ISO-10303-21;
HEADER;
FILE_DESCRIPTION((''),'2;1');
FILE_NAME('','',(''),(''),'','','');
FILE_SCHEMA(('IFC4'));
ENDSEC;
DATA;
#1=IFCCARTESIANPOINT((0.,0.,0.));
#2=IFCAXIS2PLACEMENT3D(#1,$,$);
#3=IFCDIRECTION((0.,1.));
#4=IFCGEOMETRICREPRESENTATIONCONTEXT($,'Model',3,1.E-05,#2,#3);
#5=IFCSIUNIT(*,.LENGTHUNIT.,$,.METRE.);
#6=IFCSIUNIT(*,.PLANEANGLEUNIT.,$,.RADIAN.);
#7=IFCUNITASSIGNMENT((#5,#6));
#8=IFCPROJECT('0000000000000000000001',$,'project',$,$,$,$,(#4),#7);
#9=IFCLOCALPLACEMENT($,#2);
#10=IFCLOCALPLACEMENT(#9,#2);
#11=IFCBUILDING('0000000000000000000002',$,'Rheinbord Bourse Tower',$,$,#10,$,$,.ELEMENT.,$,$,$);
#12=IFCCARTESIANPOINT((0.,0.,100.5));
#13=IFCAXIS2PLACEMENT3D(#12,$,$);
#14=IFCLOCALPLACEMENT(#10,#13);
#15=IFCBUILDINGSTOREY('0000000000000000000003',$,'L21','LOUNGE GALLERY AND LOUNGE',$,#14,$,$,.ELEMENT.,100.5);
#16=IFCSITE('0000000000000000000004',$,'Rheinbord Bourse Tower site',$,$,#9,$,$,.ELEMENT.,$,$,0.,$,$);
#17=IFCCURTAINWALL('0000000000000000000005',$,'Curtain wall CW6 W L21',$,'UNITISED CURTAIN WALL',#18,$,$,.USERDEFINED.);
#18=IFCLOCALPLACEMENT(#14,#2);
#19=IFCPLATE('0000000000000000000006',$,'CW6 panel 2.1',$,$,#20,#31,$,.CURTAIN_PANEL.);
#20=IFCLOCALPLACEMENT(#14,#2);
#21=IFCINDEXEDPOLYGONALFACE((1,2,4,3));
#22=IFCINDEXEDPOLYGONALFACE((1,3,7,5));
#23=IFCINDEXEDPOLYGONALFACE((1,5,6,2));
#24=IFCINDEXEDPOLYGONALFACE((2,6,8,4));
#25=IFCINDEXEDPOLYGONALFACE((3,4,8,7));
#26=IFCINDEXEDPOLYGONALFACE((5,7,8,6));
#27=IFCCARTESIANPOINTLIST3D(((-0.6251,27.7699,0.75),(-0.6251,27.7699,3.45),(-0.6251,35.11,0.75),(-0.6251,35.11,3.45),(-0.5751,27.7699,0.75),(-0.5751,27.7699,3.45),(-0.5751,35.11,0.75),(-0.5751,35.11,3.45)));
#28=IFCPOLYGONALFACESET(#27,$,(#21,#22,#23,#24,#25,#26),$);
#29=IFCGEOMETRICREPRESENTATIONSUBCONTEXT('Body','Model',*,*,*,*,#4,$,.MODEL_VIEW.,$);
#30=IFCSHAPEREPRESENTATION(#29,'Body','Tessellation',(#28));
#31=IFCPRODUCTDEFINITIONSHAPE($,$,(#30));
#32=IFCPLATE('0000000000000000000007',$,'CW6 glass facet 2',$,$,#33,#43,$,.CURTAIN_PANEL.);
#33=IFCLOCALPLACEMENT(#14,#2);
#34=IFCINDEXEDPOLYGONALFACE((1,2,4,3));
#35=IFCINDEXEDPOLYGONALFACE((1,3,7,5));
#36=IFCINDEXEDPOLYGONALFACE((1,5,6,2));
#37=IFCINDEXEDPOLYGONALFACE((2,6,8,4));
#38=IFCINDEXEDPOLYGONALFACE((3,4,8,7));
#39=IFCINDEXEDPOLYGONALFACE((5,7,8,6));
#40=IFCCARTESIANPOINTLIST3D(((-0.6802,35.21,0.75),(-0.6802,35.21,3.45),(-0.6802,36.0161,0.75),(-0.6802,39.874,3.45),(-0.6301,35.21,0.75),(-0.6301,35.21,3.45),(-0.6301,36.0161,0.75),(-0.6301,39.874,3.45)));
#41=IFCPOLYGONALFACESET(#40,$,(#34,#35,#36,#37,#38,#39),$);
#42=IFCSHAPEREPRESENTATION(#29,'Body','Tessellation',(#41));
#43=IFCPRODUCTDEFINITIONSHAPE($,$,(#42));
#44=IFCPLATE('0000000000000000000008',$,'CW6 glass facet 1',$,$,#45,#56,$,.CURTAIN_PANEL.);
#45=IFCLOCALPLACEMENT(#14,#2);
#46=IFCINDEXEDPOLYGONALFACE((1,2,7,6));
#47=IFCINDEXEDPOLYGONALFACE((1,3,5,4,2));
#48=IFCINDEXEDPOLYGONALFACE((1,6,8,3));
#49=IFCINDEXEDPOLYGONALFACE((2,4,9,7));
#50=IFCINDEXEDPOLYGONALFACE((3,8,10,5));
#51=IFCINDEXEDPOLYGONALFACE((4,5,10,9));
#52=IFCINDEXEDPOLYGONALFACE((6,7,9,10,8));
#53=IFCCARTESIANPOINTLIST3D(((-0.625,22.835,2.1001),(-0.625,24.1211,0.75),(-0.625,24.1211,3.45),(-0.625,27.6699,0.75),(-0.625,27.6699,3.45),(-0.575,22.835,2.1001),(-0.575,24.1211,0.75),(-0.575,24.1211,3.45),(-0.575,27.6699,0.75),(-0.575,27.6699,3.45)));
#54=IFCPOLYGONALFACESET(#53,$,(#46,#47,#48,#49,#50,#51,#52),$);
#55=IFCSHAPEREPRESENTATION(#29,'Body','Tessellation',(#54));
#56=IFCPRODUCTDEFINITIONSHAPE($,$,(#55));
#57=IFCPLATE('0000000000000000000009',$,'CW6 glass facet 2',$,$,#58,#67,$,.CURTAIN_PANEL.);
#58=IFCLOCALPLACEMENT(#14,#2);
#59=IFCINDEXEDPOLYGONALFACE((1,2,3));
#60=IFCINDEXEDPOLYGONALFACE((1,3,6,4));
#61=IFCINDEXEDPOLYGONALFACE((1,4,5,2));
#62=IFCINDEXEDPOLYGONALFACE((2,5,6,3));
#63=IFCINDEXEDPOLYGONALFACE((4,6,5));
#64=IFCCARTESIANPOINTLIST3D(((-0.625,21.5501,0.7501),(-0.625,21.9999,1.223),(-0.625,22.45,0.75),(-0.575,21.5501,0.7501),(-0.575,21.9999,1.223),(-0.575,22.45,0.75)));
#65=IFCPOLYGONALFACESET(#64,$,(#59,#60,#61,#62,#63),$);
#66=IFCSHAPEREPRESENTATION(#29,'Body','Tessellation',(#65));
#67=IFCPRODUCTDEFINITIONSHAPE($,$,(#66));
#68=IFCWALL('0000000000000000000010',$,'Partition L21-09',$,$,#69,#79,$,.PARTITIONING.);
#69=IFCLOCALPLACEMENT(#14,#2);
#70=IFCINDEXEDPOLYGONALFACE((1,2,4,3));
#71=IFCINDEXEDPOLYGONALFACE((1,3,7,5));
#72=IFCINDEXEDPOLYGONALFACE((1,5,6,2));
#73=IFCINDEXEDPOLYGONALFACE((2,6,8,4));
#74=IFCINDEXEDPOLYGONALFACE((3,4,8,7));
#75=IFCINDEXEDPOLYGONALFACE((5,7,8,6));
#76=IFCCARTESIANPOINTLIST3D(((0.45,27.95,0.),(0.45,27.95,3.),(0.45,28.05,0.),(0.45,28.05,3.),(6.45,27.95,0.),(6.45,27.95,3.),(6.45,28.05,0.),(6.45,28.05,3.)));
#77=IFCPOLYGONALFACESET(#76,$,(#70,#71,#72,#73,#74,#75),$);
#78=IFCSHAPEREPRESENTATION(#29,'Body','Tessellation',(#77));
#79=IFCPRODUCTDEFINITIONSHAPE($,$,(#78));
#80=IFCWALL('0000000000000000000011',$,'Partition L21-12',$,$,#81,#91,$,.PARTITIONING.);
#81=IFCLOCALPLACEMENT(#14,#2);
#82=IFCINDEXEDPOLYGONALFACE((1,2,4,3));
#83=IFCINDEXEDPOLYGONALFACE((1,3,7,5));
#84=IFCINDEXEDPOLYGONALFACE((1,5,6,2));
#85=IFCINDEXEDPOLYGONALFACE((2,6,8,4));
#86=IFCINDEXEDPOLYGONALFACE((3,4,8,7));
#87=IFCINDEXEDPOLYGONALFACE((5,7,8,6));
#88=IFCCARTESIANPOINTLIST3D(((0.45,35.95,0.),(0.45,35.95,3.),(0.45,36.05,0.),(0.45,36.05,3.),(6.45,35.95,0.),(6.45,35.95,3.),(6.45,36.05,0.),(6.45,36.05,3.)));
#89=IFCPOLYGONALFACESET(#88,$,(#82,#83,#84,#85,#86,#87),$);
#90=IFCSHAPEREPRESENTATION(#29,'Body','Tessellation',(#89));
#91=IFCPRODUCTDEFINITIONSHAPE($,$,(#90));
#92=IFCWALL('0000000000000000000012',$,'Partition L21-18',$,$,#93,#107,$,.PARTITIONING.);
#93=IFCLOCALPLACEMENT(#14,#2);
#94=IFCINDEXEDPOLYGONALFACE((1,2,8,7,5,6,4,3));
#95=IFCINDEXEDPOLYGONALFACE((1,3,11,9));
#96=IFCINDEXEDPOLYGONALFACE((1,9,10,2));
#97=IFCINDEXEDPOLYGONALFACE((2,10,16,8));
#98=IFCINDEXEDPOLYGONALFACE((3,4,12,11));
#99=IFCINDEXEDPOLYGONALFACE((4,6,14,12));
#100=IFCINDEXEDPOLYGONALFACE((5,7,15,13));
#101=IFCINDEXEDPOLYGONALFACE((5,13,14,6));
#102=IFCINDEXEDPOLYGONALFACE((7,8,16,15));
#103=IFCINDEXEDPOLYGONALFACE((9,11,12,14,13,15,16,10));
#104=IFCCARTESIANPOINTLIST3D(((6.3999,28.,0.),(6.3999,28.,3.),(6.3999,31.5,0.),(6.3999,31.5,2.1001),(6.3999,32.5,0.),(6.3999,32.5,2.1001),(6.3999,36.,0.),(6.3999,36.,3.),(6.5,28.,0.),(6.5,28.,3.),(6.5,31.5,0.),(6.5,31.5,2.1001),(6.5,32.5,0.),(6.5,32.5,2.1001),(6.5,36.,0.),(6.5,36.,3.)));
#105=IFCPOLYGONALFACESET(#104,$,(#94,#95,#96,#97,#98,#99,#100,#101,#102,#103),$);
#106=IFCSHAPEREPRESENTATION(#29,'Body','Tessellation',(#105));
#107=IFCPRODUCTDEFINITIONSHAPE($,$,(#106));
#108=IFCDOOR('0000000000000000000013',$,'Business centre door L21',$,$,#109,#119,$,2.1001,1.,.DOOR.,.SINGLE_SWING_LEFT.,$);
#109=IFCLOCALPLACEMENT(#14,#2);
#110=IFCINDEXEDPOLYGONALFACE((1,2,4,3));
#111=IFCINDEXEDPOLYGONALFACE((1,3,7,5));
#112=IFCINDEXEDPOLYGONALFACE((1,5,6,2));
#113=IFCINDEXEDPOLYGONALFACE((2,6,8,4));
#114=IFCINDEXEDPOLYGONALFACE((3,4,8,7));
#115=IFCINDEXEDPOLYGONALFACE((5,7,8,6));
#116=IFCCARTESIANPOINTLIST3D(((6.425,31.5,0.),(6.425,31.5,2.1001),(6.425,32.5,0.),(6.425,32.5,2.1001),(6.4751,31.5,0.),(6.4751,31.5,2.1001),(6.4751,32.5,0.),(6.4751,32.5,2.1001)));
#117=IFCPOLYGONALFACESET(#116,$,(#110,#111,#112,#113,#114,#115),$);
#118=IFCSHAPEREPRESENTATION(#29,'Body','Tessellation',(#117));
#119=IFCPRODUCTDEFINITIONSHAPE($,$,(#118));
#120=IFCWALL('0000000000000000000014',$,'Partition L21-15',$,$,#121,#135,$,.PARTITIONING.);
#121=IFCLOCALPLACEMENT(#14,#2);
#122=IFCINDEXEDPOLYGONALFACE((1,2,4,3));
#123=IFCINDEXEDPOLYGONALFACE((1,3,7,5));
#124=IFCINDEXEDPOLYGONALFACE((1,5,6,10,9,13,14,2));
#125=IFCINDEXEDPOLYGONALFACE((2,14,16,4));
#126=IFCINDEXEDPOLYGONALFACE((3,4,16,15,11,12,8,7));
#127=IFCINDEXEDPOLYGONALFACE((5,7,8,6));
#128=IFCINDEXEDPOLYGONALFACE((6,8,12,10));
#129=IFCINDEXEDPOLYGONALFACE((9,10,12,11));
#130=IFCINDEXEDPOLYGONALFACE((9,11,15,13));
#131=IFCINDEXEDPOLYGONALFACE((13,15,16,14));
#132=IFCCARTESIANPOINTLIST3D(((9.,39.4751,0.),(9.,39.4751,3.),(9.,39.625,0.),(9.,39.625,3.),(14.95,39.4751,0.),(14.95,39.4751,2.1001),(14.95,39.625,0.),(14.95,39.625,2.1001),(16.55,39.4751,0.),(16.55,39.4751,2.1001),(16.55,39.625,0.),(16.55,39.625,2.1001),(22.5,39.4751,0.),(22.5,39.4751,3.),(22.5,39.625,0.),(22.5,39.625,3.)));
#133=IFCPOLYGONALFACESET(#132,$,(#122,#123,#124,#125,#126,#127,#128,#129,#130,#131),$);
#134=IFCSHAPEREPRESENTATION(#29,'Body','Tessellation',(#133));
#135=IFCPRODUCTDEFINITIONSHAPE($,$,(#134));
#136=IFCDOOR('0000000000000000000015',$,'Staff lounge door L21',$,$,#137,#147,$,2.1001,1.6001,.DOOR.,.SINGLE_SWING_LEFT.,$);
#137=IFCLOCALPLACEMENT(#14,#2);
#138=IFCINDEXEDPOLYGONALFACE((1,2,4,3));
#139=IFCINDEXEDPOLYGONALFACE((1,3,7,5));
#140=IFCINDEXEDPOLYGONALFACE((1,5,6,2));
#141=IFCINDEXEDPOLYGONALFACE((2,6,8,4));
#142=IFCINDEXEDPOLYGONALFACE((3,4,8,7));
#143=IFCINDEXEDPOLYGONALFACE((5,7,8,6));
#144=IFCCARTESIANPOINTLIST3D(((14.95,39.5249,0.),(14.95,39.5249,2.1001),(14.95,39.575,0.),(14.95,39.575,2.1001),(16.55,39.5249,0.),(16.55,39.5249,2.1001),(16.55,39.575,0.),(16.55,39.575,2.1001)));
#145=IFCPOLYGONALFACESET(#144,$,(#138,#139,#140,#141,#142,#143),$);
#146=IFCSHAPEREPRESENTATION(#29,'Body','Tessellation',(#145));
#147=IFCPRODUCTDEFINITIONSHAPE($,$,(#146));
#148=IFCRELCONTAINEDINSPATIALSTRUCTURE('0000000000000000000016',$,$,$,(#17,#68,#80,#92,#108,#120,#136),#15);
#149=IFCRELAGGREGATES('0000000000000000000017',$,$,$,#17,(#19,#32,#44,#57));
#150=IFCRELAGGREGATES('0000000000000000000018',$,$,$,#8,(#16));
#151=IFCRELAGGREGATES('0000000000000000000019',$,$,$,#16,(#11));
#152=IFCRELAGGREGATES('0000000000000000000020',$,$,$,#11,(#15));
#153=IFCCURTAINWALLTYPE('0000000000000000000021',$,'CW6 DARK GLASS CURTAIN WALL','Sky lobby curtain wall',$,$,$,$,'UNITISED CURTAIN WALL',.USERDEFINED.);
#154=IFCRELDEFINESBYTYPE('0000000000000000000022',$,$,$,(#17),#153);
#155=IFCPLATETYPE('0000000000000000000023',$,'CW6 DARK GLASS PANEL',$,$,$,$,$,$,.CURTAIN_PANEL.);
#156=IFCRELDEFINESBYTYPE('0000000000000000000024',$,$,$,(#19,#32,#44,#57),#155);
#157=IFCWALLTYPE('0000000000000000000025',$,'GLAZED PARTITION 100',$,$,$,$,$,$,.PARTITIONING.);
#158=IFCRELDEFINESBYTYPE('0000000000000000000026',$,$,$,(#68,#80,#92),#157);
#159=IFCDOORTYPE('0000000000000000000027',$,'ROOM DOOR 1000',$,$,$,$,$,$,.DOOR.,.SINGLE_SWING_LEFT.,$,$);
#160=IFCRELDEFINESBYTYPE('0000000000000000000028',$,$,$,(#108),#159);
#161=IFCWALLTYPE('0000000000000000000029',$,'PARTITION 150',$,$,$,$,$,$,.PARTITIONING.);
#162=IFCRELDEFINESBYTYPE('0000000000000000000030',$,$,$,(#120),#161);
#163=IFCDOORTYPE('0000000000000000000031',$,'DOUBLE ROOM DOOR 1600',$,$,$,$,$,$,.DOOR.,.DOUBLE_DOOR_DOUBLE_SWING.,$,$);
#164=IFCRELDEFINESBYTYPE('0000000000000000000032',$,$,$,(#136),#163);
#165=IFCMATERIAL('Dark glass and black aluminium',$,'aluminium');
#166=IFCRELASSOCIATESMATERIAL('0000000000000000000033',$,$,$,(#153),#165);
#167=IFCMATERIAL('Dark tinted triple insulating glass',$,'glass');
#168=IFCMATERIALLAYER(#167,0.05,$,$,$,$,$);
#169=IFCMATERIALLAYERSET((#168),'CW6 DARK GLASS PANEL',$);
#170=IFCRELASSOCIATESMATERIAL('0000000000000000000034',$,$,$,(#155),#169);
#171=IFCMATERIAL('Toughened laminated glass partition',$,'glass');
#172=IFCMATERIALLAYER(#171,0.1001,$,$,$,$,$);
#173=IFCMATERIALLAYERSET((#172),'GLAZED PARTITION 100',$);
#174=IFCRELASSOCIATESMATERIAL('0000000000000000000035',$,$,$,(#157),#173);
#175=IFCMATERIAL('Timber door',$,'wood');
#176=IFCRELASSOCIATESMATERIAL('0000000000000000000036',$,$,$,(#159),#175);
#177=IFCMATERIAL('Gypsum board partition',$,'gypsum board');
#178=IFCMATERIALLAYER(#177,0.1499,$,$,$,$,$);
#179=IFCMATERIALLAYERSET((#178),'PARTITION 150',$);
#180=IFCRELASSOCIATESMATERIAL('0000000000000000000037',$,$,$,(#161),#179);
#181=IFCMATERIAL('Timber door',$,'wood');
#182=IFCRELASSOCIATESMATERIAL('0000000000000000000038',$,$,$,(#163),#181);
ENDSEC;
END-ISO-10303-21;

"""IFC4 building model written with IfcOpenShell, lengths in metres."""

from ifc_helpers import new_model, si_unit, direction, frame, frame_2d, origin, origin_2d, place, context, subcontext, project, spatial, polyline, rectangle, outline, extrude, material, layer, layer_set, type_object, element, fill, aggregate, save


model = new_model("IFC4")

# Units and contexts
model_context = context("Model", 3, precision=1e-05, world=origin(), true_north=direction((0.0, 1.0)))
body_context = subcontext(model_context, "Body", "Model", "MODEL_VIEW")
ifc_project = project(units=[si_unit("LENGTHUNIT", "METRE"), si_unit("PLANEANGLEUNIT", "RADIAN")], contexts=[model_context])

# Site, building, storey
site_placement = place(None, origin())
site = spatial("IfcSite", under=ifc_project, at=site_placement, Name="Rheinbord Bourse Tower site", CompositionType="ELEMENT", RefElevation=0.0)
building_placement = place(site_placement, origin())
building = spatial("IfcBuilding", under=site, at=building_placement, Name="Rheinbord Bourse Tower", CompositionType="ELEMENT")
storey_placement = place(building_placement, frame((0.0, 0.0, 100.5)))
storey = spatial("IfcBuildingStorey", under=building, at=storey_placement, Name="L21", Description="LOUNGE GALLERY AND LOUNGE", CompositionType="ELEMENT", Elevation=100.5)

# Curtain wall
ifc_material_1 = material(Name="Dark glass and black aluminium", Category="aluminium")
curtain_wall_type = type_object("IfcCurtainWallType", Name="CW6 DARK GLASS CURTAIN WALL", Description="Sky lobby curtain wall", ElementType="UNITISED CURTAIN WALL", PredefinedType="USERDEFINED", material=ifc_material_1)
curtain_wall_placement = place(storey_placement, origin())
curtain_wall = element("IfcCurtainWall", 1, at=curtain_wall_placement, inside=storey, type_object=curtain_wall_type, Name="Curtain wall CW6 W L21", ObjectType="UNITISED CURTAIN WALL", PredefinedType="USERDEFINED")

# Plates
ifc_material_2 = material(Name="Dark tinted triple insulating glass", Category="glass")
ifc_layer_1 = layer(ifc_material_2, 0.05)
ifc_layer_set_1 = layer_set([ifc_layer_1], Name="CW6 DARK GLASS PANEL")
plate_type = type_object("IfcPlateType", Name="CW6 DARK GLASS PANEL", PredefinedType="CURTAIN_PANEL", material=ifc_layer_set_1)
plate_1_placement = place(storey_placement, frame((-0.6001, 31.4399, 0.75), z_axis=(0.0, 0.0, 1.0), x_axis=(0.0, -1.0, 0.0)))
plate_1 = element("IfcPlate", 2, at=plate_1_placement, type_object=plate_type, Name="CW6 panel 2.1", PredefinedType="CURTAIN_PANEL", context=body_context, shape_type="SweptSolid", body=[
    extrude(rectangle(XDim=7.3401, YDim=0.05, at=origin_2d()), origin(), (0.0, 0.0, 1.0), 2.7),
])
plate_2_placement = place(storey_placement, frame((-0.6802, 35.21, 3.45), z_axis=(1.0, 0.0, 0.0), x_axis=(0.0, 0.0, -1.0)))
plate_2 = element("IfcPlate", 3, at=plate_2_placement, type_object=plate_type, Name="CW6 glass facet 2", PredefinedType="CURTAIN_PANEL", context=body_context, shape_type="SweptSolid", body=[
    extrude(outline(polyline([(0.0, 0.0), (2.7, 0.0), (2.7, 0.8062), (0.0, 4.6641), (0.0, 0.0)])), origin(), (0.0, 0.0, 1.0), 0.05),
])
plate_3_placement = place(storey_placement, frame((-0.625, 27.6699, 0.75), z_axis=(1.0, 0.0, 0.0), x_axis=(0.0, 0.0, 1.0)))
plate_3 = element("IfcPlate", 4, at=plate_3_placement, type_object=plate_type, Name="CW6 glass facet 1", PredefinedType="CURTAIN_PANEL", context=body_context, shape_type="SweptSolid", body=[
    extrude(outline(polyline([(0.0, 0.0), (2.7, 0.0), (2.7, 3.5488), (1.3501, 4.835), (0.0, 3.5488), (0.0, 0.0)])), origin(), (0.0, 0.0, 1.0), 0.05),
])
plate_4_placement = place(storey_placement, frame((-0.625, 22.45, 0.75), z_axis=(1.0, 0.0, 0.0), x_axis=(0.0, -0.68931, 0.724467)))
plate_4 = element("IfcPlate", 5, at=plate_4_placement, type_object=plate_type, Name="CW6 glass facet 2", PredefinedType="CURTAIN_PANEL", context=body_context, shape_type="SweptSolid", body=[
    extrude(outline(polyline([(0.0, 0.0), (0.6528, 0.0), (0.6204, 0.6519), (0.0, 0.0)])), origin(), (0.0, 0.0, 1.0), 0.05),
])
aggregate(curtain_wall, [plate_1, plate_2, plate_3, plate_4])

# Walls
ifc_material_3 = material(Name="Toughened laminated glass partition", Category="glass")
ifc_layer_2 = layer(ifc_material_3, 0.1001)
ifc_layer_set_2 = layer_set([ifc_layer_2], Name="GLAZED PARTITION 100")
wall_type_1 = type_object("IfcWallType", Name="GLAZED PARTITION 100", PredefinedType="PARTITIONING", material=ifc_layer_set_2)
for number, where, z_axis, x_axis, name in (
    (6, (0.45, 28.0, 0.0), (0.0, 0.0, 1.0), (1.0, 0.0, 0.0), "Partition L21-09"),
    (7, (0.45, 36.0, 0.0), (0.0, 0.0, 1.0), (1.0, 0.0, 0.0), "Partition L21-12"),
):
    element("IfcWall", number, at=place(storey_placement, frame(where, z_axis=z_axis, x_axis=x_axis)), inside=storey, type_object=wall_type_1, Name=name, PredefinedType="PARTITIONING", context=body_context, shape_type="SweptSolid", body=[
        extrude(rectangle(XDim=6.0, YDim=0.1001, at=frame_2d((3.0, 0.0))), origin(), (0.0, 0.0, 1.0), 3.0),
    ])

# Walls, openings, doors
wall_1_placement = place(storey_placement, frame((6.45, 28.0, 0.0), z_axis=(0.0, 0.0, 1.0), x_axis=(0.0, 1.0, 0.0)))
wall_1 = element("IfcWall", 8, at=wall_1_placement, inside=storey, type_object=wall_type_1, Name="Partition L21-18", PredefinedType="PARTITIONING", context=body_context, shape_type="SweptSolid", body=[
    extrude(rectangle(XDim=8.0, YDim=0.1001, at=frame_2d((4.0, 0.0))), origin(), (0.0, 0.0, 1.0), 3.0),
])
opening_1_placement = place(wall_1_placement, frame((3.5, 0.0, 0.0)))
opening_1 = element("IfcOpeningElement", 9, at=opening_1_placement, cuts=wall_1, PredefinedType="OPENING", context=body_context, shape_type="SweptSolid", body=[
    extrude(rectangle(XDim=1.0, YDim=2.1001, at=frame_2d((0.5, 1.05))), frame((0.0, 0.0601, 0.0), z_axis=(0.0, -1.0, 0.0), x_axis=(1.0, 0.0, 0.0)), (0.0, 0.0, 1.0), 0.1201),
])
ifc_material_4 = material(Name="Timber door", Category="wood")
door_type_1 = type_object("IfcDoorType", Name="ROOM DOOR 1000", OperationType="SINGLE_SWING_LEFT", PredefinedType="DOOR", material=ifc_material_4)
door_1_placement = place(opening_1_placement, origin())
door_1 = element("IfcDoor", 10, at=door_1_placement, inside=storey, type_object=door_type_1, Name="Business centre door L21", OperationType="SINGLE_SWING_LEFT", OverallHeight=2.1001, OverallWidth=1.0, PredefinedType="DOOR", context=body_context, shape_type="SweptSolid", body=[
    extrude(rectangle(XDim=1.0, YDim=2.1001, at=frame_2d((0.5, 1.05))), frame((0.0, 0.0249, 0.0), z_axis=(0.0, -1.0, 0.0), x_axis=(1.0, 0.0, 0.0)), (0.0, 0.0, 1.0), 0.05),
])
fill(opening_1, door_1)
ifc_material_5 = material(Name="Gypsum board partition", Category="gypsum board")
ifc_layer_3 = layer(ifc_material_5, 0.1499)
ifc_layer_set_3 = layer_set([ifc_layer_3], Name="PARTITION 150")
wall_type_2 = type_object("IfcWallType", Name="PARTITION 150", PredefinedType="PARTITIONING", material=ifc_layer_set_3)
wall_2_placement = place(storey_placement, frame((9.0, 39.55, 0.0), z_axis=(0.0, 0.0, 1.0), x_axis=(1.0, 0.0, 0.0)))
wall_2 = element("IfcWall", 11, at=wall_2_placement, inside=storey, type_object=wall_type_2, Name="Partition L21-15", PredefinedType="PARTITIONING", context=body_context, shape_type="SweptSolid", body=[
    extrude(rectangle(XDim=13.5, YDim=0.1499, at=frame_2d((6.75, 0.0))), origin(), (0.0, 0.0, 1.0), 3.0),
])
opening_2_placement = place(wall_2_placement, frame((5.95, 0.0, 0.0)))
opening_2 = element("IfcOpeningElement", 12, at=opening_2_placement, cuts=wall_2, PredefinedType="OPENING", context=body_context, shape_type="SweptSolid", body=[
    extrude(rectangle(XDim=1.6001, YDim=2.1001, at=frame_2d((0.8, 1.05))), frame((0.0, 0.085, 0.0), z_axis=(0.0, -1.0, 0.0), x_axis=(1.0, 0.0, 0.0)), (0.0, 0.0, 1.0), 0.1699),
])
ifc_material_6 = material(Name="Timber door", Category="wood")
door_type_2 = type_object("IfcDoorType", Name="DOUBLE ROOM DOOR 1600", OperationType="DOUBLE_DOOR_DOUBLE_SWING", PredefinedType="DOOR", material=ifc_material_6)
door_2_placement = place(opening_2_placement, origin())
door_2 = element("IfcDoor", 13, at=door_2_placement, inside=storey, type_object=door_type_2, Name="Staff lounge door L21", OperationType="SINGLE_SWING_LEFT", OverallHeight=2.1001, OverallWidth=1.6001, PredefinedType="DOOR", context=body_context, shape_type="SweptSolid", body=[
    extrude(rectangle(XDim=1.6001, YDim=2.1001, at=frame_2d((0.8, 1.05))), frame((0.0, 0.0249, 0.0), z_axis=(0.0, -1.0, 0.0), x_axis=(1.0, 0.0, 0.0)), (0.0, 0.0, 1.0), 0.05),
])
fill(opening_2, door_2)

save(model, "model.ifc")
